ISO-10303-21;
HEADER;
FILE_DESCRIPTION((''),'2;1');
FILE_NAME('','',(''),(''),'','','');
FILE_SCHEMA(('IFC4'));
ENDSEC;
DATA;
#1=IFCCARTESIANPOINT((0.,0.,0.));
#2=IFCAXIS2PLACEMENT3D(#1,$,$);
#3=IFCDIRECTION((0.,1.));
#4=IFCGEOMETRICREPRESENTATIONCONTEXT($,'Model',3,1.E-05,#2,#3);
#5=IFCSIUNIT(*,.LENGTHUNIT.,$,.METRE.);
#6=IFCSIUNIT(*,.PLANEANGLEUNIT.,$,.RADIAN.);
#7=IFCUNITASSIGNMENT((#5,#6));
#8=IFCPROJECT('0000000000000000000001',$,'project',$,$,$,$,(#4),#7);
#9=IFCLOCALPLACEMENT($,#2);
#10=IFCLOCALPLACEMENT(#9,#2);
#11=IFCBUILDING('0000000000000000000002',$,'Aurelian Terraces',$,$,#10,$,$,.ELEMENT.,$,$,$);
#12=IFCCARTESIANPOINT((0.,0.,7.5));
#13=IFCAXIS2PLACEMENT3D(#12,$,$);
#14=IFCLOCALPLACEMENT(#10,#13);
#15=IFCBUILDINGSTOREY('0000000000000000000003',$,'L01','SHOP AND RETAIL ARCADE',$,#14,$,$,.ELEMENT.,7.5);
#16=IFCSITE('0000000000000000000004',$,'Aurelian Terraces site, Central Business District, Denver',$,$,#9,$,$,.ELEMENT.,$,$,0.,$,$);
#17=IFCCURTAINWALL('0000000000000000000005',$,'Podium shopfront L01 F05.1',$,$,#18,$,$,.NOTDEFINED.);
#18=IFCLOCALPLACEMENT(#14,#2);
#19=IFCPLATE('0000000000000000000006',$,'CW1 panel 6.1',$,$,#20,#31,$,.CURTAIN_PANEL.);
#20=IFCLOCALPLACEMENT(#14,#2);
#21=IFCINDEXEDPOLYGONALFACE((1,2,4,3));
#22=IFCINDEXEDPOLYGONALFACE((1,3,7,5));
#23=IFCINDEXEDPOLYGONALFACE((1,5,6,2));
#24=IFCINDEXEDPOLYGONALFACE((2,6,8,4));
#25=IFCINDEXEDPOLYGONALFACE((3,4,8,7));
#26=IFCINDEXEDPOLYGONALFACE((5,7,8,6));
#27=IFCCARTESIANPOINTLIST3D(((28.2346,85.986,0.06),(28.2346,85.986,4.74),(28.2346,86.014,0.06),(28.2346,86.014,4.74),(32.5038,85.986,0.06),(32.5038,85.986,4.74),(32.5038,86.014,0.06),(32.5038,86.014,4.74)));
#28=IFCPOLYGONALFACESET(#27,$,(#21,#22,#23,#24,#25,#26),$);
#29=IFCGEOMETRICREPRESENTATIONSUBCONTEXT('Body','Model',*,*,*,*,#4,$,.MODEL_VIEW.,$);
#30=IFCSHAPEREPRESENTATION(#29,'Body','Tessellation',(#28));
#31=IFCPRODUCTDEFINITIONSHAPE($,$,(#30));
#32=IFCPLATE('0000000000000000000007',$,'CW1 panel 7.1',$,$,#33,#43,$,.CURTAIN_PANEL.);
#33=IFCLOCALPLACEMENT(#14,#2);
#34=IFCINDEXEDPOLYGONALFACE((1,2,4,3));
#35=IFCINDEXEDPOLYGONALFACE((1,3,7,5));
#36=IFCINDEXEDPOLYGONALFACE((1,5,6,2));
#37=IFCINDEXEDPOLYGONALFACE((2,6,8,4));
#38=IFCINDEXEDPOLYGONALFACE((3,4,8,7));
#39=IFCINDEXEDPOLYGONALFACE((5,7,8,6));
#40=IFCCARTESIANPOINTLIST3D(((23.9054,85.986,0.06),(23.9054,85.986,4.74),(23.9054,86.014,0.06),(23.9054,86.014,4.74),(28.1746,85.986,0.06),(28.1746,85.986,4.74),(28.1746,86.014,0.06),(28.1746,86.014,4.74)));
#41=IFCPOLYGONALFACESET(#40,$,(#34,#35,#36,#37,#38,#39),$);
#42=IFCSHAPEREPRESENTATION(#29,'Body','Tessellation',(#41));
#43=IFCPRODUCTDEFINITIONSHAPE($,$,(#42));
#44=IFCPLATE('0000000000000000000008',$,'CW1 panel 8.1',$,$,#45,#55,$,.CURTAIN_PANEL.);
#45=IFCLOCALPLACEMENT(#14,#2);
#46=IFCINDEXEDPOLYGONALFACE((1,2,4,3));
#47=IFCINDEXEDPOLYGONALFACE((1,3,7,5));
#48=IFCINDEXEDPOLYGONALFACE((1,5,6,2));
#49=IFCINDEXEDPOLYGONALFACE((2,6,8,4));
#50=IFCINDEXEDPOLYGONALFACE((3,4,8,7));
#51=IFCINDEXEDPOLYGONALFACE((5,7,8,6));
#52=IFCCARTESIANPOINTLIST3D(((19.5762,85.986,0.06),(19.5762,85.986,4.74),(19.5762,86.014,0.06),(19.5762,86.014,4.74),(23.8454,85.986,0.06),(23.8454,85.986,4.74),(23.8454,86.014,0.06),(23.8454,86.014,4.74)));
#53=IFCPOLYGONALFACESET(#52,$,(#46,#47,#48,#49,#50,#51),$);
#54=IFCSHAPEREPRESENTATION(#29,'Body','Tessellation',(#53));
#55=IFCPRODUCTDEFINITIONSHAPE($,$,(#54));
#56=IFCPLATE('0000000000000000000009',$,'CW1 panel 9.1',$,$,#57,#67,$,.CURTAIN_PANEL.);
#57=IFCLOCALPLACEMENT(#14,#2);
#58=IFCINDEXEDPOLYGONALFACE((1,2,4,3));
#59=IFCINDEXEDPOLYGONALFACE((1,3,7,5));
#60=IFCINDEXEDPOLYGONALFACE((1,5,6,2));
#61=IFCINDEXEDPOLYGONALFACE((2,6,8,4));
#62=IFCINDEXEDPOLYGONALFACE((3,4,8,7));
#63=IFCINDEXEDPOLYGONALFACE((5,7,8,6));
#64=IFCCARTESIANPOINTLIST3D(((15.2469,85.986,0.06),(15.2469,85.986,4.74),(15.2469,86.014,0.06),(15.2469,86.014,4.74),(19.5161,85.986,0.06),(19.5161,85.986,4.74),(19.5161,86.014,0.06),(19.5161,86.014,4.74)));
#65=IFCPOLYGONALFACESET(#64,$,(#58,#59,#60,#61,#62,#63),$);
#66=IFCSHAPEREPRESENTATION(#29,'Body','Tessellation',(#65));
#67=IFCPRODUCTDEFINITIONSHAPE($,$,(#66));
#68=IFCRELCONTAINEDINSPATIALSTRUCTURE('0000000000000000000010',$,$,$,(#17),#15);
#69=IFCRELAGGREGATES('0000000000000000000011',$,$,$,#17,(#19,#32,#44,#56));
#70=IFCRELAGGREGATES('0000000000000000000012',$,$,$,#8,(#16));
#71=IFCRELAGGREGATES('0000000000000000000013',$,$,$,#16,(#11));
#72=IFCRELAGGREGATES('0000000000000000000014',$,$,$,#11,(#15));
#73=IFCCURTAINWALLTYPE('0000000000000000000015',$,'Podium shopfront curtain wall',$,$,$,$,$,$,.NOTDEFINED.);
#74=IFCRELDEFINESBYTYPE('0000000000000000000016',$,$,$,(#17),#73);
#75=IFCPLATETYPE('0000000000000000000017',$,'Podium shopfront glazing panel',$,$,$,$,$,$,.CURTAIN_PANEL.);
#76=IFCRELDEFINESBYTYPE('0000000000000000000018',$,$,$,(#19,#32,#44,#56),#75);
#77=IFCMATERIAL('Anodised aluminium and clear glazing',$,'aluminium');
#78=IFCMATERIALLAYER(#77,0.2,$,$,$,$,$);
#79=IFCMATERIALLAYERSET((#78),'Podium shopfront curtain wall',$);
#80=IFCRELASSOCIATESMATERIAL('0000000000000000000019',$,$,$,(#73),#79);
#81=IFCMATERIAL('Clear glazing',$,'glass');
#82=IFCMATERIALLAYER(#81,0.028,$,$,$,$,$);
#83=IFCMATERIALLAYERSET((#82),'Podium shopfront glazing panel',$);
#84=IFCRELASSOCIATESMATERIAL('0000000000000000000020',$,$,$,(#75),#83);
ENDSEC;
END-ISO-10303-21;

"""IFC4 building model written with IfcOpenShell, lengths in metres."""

from ifc_helpers import new_model, si_unit, direction, frame, origin, origin_2d, place, context, subcontext, project, spatial, rectangle, extrude, source, transform, mapped, material, layer, layer_set, type_object, element, aggregate, save


model = new_model("IFC4")

# Units and contexts
model_context = context("Model", 3, precision=1e-05, world=origin(), true_north=direction((0.0, 1.0)))
body_context = subcontext(model_context, "Body", "Model", "MODEL_VIEW")
ifc_project = project(units=[si_unit("LENGTHUNIT", "METRE"), si_unit("PLANEANGLEUNIT", "RADIAN")], contexts=[model_context])

# Site, building, storey
site_placement = place(None, origin())
site = spatial("IfcSite", under=ifc_project, at=site_placement, Name="Aurelian Terraces site, Central Business District, Denver", CompositionType="ELEMENT", RefElevation=0.0)
building_placement = place(site_placement, origin())
building = spatial("IfcBuilding", under=site, at=building_placement, Name="Aurelian Terraces", CompositionType="ELEMENT")
storey_placement = place(building_placement, frame((0.0, 0.0, 7.5)))
storey = spatial("IfcBuildingStorey", under=building, at=storey_placement, Name="L01", Description="SHOP AND RETAIL ARCADE", CompositionType="ELEMENT", Elevation=7.5)

# Curtain wall, plates
ifc_material_1 = material(Name="Anodised aluminium and clear glazing", Category="aluminium")
ifc_layer_1 = layer(ifc_material_1, 0.2)
ifc_layer_set_1 = layer_set([ifc_layer_1], Name="Podium shopfront curtain wall")
curtain_wall_type = type_object("IfcCurtainWallType", Name="Podium shopfront curtain wall", PredefinedType="NOTDEFINED", material=ifc_layer_set_1)
curtain_wall_placement = place(storey_placement, origin())
curtain_wall = element("IfcCurtainWall", 1, at=curtain_wall_placement, inside=storey, type_object=curtain_wall_type, Name="Podium shopfront L01 F05.1", PredefinedType="NOTDEFINED")
ifc_material_2 = material(Name="Clear glazing", Category="glass")
ifc_layer_2 = layer(ifc_material_2, 0.028)
ifc_layer_set_2 = layer_set([ifc_layer_2], Name="Podium shopfront glazing panel")
plate_type = type_object("IfcPlateType", Name="Podium shopfront glazing panel", PredefinedType="CURTAIN_PANEL", material=ifc_layer_set_2)
shared_shape_1 = source(origin(), body_context, "Body", "SweptSolid", [
    extrude(rectangle(XDim=4.2692, YDim=0.028, at=origin_2d()), origin(), (0.0, 0.0, 1.0), 4.68),
])
plate_1_placement = place(storey_placement, frame((30.3692, 86.0, 0.06), z_axis=(0.0, 0.0, 1.0), x_axis=(-1.0, 0.0, 0.0)))
plate_1 = element("IfcPlate", 2, at=plate_1_placement, type_object=plate_type, Name="CW1 panel 6.1", PredefinedType="CURTAIN_PANEL", context=body_context, shape_type="MappedRepresentation", body=[
    mapped(shared_shape_1, transform((0.0, 0.0, 0.0), scale=1.0)),
])
plate_2_placement = place(storey_placement, frame((26.04, 86.0, 0.06), z_axis=(0.0, 0.0, 1.0), x_axis=(-1.0, 0.0, 0.0)))
plate_2 = element("IfcPlate", 3, at=plate_2_placement, type_object=plate_type, Name="CW1 panel 7.1", PredefinedType="CURTAIN_PANEL", context=body_context, shape_type="MappedRepresentation", body=[
    mapped(shared_shape_1, transform((0.0, 0.0, 0.0), scale=1.0)),
])
plate_3_placement = place(storey_placement, frame((21.7108, 86.0, 0.06), z_axis=(0.0, 0.0, 1.0), x_axis=(-1.0, 0.0, 0.0)))
plate_3 = element("IfcPlate", 4, at=plate_3_placement, type_object=plate_type, Name="CW1 panel 8.1", PredefinedType="CURTAIN_PANEL", context=body_context, shape_type="MappedRepresentation", body=[
    mapped(shared_shape_1, transform((0.0, 0.0, 0.0), scale=1.0)),
])
plate_4_placement = place(storey_placement, frame((17.3815, 86.0, 0.06), z_axis=(0.0, 0.0, 1.0), x_axis=(-1.0, 0.0, 0.0)))
plate_4 = element("IfcPlate", 5, at=plate_4_placement, type_object=plate_type, Name="CW1 panel 9.1", PredefinedType="CURTAIN_PANEL", context=body_context, shape_type="MappedRepresentation", body=[
    mapped(shared_shape_1, transform((0.0, 0.0, 0.0), scale=1.0)),
])
aggregate(curtain_wall, [plate_1, plate_2, plate_3, plate_4])

save(model, "model.ifc")
